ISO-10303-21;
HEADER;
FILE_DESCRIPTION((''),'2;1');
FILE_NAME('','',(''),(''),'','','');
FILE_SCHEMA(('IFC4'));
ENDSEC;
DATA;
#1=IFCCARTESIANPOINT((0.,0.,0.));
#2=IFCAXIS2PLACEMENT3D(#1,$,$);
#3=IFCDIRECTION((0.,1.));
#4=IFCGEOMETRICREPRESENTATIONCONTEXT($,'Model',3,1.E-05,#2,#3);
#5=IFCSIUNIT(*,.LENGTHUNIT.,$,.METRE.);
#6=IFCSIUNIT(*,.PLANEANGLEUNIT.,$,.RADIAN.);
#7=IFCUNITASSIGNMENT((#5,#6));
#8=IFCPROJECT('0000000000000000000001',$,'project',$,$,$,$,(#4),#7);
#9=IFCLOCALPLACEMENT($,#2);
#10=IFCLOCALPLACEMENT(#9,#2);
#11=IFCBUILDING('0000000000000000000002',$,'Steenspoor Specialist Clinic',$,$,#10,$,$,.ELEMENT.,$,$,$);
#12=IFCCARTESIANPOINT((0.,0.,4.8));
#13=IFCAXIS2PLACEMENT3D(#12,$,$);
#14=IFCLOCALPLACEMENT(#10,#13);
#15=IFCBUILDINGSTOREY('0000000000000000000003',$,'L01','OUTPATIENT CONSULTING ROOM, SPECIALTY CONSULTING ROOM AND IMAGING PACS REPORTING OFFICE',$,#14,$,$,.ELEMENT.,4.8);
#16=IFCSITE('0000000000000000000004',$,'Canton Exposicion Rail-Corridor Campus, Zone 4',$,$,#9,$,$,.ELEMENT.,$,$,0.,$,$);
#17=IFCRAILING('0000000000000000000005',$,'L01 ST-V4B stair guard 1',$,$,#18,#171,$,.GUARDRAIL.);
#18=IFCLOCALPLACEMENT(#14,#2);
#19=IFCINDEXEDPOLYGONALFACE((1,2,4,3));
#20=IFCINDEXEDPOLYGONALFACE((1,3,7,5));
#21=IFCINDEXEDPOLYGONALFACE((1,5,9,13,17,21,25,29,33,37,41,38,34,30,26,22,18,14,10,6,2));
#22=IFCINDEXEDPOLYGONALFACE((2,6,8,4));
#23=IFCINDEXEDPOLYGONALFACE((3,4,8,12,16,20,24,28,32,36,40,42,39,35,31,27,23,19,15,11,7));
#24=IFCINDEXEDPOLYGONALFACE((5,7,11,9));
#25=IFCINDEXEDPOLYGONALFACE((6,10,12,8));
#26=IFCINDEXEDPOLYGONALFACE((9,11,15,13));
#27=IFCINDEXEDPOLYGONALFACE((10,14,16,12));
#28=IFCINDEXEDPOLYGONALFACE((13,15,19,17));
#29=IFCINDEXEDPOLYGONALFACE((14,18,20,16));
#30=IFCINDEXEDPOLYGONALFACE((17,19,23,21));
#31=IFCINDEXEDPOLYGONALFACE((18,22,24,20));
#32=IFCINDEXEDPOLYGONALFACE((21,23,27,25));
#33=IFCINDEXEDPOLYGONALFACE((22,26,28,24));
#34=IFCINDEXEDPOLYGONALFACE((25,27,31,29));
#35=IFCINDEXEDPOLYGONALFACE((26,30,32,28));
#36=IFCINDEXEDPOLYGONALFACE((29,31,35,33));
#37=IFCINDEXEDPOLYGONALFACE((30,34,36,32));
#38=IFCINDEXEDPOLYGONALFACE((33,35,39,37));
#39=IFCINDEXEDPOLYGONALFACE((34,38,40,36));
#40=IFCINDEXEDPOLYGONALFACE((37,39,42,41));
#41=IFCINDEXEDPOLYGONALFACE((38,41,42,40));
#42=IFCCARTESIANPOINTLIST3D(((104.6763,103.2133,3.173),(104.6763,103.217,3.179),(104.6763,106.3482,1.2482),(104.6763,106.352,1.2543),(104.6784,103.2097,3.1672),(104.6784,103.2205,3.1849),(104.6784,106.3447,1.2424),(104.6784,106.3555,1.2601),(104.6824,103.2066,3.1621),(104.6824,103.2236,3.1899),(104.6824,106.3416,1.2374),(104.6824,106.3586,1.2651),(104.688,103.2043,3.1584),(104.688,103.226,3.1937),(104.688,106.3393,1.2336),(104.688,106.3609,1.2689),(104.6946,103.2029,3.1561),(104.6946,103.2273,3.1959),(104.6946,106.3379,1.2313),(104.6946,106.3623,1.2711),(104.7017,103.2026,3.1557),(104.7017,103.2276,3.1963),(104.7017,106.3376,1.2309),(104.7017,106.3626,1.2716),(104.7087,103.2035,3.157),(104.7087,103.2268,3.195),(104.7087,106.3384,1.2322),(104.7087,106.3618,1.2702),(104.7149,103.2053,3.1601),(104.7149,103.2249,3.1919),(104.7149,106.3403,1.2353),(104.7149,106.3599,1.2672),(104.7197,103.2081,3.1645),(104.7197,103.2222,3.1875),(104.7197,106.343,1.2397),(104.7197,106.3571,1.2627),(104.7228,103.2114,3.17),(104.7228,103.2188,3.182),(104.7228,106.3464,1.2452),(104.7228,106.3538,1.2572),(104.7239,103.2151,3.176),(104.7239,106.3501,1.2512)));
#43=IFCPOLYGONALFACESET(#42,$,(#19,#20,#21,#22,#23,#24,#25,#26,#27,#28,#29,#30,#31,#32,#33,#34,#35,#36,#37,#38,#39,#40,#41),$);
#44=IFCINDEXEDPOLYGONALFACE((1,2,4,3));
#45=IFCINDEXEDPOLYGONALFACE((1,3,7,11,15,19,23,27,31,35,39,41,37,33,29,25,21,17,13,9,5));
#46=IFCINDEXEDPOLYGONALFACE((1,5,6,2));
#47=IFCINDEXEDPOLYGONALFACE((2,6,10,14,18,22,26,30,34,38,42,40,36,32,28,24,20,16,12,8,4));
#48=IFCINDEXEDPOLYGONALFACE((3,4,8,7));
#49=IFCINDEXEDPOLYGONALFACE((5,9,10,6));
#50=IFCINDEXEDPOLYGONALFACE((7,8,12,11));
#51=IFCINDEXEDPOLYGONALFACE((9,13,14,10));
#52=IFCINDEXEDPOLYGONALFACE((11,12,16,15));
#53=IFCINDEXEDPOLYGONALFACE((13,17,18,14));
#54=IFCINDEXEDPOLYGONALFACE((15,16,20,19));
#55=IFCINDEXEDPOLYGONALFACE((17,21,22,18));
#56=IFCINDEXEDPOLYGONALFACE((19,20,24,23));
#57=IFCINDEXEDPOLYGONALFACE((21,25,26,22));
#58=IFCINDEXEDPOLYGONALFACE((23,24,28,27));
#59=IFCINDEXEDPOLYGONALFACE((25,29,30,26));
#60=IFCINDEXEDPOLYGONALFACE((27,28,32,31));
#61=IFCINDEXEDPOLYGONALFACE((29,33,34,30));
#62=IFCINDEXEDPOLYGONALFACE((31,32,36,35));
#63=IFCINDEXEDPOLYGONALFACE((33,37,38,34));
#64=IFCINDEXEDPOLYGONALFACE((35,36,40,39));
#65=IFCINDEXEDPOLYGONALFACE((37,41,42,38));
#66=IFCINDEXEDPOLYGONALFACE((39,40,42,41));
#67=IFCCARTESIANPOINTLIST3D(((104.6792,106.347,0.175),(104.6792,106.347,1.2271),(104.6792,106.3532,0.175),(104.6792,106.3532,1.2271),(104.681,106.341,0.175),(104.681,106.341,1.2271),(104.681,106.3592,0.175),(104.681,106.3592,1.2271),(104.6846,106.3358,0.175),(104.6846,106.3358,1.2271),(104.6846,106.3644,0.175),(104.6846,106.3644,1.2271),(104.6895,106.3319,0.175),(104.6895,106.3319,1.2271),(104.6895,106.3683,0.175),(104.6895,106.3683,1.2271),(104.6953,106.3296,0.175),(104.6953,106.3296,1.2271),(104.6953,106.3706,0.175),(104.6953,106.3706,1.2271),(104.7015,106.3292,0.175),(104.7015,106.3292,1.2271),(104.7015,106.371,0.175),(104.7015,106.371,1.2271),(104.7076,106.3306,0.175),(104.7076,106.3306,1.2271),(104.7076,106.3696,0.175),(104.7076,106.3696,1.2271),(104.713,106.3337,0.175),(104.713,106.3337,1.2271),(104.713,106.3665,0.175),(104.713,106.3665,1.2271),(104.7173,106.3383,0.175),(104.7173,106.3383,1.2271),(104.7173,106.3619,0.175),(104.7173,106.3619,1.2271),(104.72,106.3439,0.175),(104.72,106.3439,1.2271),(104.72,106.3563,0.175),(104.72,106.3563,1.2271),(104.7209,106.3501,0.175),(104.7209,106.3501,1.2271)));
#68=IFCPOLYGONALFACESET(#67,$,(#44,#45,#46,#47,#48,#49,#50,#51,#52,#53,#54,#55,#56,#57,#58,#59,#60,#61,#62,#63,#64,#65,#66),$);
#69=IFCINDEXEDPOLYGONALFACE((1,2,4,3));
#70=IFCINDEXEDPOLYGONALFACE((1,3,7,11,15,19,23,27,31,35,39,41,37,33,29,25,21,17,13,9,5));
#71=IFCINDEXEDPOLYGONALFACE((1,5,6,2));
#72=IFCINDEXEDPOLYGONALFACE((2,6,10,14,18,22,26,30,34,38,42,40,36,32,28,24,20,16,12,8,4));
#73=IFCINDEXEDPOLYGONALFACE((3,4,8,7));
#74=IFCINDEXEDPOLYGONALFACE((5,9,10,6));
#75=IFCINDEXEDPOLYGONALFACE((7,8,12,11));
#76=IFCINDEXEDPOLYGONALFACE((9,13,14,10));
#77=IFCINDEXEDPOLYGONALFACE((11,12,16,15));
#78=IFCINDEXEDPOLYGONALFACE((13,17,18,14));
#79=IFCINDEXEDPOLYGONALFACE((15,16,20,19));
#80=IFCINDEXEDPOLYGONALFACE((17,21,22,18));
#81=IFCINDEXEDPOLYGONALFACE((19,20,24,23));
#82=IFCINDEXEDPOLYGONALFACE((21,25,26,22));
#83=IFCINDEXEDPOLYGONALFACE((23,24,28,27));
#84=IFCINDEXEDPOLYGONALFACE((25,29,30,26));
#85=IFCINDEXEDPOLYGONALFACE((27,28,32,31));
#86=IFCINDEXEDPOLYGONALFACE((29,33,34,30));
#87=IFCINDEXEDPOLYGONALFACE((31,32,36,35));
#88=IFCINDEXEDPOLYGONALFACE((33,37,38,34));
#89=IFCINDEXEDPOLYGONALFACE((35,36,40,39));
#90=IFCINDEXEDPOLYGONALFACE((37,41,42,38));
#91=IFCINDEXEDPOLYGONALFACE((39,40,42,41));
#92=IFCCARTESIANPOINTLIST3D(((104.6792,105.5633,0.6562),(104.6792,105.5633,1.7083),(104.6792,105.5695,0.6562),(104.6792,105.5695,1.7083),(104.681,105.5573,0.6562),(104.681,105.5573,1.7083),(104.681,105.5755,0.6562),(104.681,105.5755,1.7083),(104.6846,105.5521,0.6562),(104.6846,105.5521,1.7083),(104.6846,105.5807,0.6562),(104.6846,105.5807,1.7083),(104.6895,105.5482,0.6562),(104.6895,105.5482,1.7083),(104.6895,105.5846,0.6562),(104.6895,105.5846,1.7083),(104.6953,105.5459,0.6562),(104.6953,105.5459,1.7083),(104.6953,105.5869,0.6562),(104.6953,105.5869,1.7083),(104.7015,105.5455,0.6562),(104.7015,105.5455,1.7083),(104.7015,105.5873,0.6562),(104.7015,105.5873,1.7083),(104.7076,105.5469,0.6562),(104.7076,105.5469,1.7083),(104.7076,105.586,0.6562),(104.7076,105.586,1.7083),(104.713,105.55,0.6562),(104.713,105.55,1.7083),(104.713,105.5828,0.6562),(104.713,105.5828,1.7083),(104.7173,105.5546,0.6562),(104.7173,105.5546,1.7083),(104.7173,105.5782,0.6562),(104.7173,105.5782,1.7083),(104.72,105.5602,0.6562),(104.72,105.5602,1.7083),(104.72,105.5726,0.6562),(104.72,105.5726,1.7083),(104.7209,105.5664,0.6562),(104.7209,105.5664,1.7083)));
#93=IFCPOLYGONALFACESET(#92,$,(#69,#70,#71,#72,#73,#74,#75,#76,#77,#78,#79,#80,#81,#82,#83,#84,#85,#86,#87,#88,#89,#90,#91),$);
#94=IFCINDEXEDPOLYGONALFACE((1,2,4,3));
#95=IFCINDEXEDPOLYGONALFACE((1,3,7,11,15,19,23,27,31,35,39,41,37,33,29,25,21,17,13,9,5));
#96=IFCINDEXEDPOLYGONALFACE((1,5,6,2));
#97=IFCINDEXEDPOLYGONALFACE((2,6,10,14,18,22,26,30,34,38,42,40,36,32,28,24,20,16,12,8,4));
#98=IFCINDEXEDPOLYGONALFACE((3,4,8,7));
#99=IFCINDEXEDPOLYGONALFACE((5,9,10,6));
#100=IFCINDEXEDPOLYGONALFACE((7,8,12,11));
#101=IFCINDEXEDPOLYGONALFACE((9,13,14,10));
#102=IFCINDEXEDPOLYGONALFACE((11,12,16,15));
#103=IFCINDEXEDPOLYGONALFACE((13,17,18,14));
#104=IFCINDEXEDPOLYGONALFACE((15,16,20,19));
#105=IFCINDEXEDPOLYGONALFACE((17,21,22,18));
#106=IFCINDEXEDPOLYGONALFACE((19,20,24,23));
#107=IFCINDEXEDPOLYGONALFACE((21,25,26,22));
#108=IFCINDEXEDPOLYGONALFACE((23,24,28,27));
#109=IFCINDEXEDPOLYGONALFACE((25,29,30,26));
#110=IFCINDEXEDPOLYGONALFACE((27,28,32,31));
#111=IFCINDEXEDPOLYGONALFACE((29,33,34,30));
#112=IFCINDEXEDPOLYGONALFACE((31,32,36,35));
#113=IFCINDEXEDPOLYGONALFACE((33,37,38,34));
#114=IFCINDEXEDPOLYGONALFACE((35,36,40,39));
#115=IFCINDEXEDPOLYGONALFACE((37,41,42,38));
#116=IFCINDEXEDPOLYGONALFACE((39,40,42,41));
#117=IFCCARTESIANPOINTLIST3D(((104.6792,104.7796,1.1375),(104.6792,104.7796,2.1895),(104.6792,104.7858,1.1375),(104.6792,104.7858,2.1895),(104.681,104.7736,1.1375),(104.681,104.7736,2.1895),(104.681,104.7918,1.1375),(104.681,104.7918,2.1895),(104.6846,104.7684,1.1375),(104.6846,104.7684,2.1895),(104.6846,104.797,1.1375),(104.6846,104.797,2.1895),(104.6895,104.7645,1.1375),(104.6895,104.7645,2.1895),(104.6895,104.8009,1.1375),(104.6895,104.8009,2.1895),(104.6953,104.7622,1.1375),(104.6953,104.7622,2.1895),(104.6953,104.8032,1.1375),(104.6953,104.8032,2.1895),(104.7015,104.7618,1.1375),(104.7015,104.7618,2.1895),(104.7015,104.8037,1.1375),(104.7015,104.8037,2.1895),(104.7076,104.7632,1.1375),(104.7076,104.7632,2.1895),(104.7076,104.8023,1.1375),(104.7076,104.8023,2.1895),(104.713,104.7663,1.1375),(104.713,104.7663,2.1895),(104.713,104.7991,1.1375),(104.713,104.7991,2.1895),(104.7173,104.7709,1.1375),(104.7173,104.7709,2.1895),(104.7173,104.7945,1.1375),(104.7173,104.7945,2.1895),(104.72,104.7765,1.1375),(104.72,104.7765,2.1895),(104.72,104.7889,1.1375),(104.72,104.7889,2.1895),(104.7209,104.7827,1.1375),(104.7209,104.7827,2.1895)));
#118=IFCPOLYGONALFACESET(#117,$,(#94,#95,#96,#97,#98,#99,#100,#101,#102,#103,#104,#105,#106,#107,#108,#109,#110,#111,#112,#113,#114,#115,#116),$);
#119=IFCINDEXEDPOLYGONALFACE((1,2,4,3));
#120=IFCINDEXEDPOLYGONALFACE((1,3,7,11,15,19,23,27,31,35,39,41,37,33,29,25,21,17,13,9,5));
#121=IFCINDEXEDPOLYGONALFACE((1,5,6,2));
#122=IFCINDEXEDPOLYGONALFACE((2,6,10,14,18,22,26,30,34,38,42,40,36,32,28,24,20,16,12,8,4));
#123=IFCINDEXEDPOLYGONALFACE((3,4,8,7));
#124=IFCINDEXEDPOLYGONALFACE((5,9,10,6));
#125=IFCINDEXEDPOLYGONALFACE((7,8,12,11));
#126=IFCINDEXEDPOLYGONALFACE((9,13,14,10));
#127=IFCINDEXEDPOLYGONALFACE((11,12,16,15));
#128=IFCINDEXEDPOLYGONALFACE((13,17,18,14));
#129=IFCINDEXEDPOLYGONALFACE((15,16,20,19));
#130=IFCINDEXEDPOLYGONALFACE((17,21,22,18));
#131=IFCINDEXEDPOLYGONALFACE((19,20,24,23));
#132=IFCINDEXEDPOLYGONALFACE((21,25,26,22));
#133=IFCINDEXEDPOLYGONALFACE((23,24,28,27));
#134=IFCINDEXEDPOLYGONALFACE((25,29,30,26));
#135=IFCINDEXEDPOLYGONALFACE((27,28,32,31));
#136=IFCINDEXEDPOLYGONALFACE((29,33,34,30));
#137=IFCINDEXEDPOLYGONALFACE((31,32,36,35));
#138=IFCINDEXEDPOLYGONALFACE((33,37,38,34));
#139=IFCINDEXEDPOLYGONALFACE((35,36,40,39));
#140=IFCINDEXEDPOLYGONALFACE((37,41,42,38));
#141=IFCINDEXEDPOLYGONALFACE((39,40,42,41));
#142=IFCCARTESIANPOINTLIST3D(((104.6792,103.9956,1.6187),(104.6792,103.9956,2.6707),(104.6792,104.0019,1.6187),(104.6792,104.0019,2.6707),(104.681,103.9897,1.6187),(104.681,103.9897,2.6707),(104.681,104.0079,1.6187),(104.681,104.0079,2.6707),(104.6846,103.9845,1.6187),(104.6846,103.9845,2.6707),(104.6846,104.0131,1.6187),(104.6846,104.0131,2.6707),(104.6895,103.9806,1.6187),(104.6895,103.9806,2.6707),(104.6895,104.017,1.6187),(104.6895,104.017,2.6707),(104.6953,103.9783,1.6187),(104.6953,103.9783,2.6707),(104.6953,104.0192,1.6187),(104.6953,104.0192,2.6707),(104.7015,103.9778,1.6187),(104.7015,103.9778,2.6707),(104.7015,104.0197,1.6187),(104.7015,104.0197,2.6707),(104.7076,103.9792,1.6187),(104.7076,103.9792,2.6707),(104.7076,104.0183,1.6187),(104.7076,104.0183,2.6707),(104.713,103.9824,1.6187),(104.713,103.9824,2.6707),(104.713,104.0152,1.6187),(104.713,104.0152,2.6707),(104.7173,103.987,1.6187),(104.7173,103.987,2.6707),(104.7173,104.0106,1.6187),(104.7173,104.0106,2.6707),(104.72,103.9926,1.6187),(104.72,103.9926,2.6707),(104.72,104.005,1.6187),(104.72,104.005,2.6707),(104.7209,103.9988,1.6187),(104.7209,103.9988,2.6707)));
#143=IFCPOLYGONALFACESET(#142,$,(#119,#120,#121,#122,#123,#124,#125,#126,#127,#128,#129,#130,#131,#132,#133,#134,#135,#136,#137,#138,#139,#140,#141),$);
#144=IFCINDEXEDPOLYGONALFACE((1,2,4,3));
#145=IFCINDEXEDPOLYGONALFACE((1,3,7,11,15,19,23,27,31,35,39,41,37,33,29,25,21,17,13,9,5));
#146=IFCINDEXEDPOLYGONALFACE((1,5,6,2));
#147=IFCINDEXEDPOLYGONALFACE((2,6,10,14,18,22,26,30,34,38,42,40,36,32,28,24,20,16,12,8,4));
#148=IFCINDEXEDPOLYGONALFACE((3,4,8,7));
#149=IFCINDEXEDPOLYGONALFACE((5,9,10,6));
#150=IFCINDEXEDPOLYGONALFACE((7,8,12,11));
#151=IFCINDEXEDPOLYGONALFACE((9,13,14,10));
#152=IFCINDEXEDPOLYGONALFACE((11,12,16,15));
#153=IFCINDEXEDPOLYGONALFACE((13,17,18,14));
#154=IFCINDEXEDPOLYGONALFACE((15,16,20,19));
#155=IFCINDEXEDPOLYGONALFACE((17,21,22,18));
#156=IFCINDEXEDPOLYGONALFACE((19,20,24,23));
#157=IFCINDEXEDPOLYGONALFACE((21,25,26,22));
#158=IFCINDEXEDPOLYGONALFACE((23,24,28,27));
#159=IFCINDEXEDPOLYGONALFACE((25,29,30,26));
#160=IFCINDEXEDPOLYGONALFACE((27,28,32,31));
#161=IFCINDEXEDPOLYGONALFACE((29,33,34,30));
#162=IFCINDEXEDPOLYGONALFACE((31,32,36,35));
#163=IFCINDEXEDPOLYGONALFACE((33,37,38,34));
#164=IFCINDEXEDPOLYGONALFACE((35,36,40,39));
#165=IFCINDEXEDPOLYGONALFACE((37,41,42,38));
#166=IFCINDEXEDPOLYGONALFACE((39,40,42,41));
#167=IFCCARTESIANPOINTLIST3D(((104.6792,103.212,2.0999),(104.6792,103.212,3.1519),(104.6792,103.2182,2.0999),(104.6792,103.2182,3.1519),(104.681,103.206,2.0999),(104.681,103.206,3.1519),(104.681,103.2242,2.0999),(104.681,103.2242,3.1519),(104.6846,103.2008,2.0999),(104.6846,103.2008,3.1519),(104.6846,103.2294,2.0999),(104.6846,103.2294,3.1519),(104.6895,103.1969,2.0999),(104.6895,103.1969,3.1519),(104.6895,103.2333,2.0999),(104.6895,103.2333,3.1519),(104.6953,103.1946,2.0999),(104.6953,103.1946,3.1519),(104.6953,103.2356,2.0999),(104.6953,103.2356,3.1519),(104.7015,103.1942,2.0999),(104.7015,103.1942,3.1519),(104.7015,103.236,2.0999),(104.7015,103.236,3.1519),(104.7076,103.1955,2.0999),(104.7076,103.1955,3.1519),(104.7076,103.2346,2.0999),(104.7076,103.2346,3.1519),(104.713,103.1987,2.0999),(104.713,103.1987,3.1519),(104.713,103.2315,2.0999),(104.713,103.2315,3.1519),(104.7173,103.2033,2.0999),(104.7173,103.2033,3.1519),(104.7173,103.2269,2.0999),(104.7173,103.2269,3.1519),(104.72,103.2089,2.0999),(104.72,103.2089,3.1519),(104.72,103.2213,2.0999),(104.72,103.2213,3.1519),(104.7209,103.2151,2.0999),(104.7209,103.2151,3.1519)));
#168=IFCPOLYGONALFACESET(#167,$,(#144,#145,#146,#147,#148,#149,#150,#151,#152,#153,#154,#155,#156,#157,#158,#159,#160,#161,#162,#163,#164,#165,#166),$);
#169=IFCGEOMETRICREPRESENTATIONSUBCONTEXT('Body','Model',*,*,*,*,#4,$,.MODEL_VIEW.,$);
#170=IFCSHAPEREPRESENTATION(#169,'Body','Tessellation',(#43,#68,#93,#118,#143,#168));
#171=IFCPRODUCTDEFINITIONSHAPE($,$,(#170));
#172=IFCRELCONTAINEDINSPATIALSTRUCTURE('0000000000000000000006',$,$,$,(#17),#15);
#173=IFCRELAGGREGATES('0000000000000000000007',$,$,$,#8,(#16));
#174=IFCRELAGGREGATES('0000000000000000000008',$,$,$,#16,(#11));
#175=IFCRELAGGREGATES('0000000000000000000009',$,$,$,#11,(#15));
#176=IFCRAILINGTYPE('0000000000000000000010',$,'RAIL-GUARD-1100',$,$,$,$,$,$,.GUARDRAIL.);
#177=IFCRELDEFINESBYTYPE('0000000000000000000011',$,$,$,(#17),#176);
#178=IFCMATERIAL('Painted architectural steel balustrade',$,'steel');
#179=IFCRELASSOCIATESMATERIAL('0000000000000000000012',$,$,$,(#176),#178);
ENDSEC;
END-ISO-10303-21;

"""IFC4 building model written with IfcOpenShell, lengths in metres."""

from ifc_helpers import new_model, si_unit, direction, frame, origin, origin_2d, place, context, subcontext, project, spatial, circle, extrude, material, type_object, element, save


model = new_model("IFC4")

# Units and contexts
model_context = context("Model", 3, precision=1e-05, world=origin(), true_north=direction((0.0, 1.0)))
body_context = subcontext(model_context, "Body", "Model", "MODEL_VIEW")
ifc_project = project(units=[si_unit("LENGTHUNIT", "METRE"), si_unit("PLANEANGLEUNIT", "RADIAN")], contexts=[model_context])

# Site, building, storey
site_placement = place(None, origin())
site = spatial("IfcSite", under=ifc_project, at=site_placement, Name="Canton Exposicion Rail-Corridor Campus, Zone 4", CompositionType="ELEMENT", RefElevation=0.0)
building_placement = place(site_placement, origin())
building = spatial("IfcBuilding", under=site, at=building_placement, Name="Steenspoor Specialist Clinic", CompositionType="ELEMENT")
storey_placement = place(building_placement, frame((0.0, 0.0, 4.8)))
storey = spatial("IfcBuildingStorey", under=building, at=storey_placement, Name="L01", Description="OUTPATIENT CONSULTING ROOM, SPECIALTY CONSULTING ROOM AND IMAGING PACS REPORTING OFFICE", CompositionType="ELEMENT", Elevation=4.8)

# Railing
ifc_material_1 = material(Name="Painted architectural steel balustrade", Category="steel")
railing_type_1 = type_object("IfcRailingType", Name="RAIL-GUARD-1100", PredefinedType="GUARDRAIL", material=ifc_material_1)
railing_1_placement = place(storey_placement, frame((104.7, 106.3501, 0.175)))
element("IfcRailing", 1, at=railing_1_placement, inside=storey, type_object=railing_type_1, Name="L01 ST-V4B stair guard 1", PredefinedType="GUARDRAIL", context=body_context, shape_type="SweptSolid", body=[
    extrude(circle(Radius=0.0239, at=origin_2d()), frame((0.0, 0.0, 1.0762), z_axis=(0.0, -0.852196, 0.523223), x_axis=(1.0, 0.0, 0.0)), (0.0, 0.0, 1.0), 3.6787),
    extrude(circle(Radius=0.021, at=origin_2d()), origin(), (0.0, 0.0, 1.0), 1.052),
    extrude(circle(Radius=0.021, at=origin_2d()), frame((0.0, -0.7837, 0.4812)), (0.0, 0.0, 1.0), 1.052),
    extrude(circle(Radius=0.021, at=origin_2d()), frame((0.0, -1.5674, 0.9624)), (0.0, 0.0, 1.0), 1.052),
    extrude(circle(Radius=0.021, at=origin_2d()), frame((0.0, -2.3513, 1.4436)), (0.0, 0.0, 1.0), 1.052),
    extrude(circle(Radius=0.021, at=origin_2d()), frame((0.0, -3.135, 1.9248)), (0.0, 0.0, 1.0), 1.052),
])

save(model, "model.ifc")
